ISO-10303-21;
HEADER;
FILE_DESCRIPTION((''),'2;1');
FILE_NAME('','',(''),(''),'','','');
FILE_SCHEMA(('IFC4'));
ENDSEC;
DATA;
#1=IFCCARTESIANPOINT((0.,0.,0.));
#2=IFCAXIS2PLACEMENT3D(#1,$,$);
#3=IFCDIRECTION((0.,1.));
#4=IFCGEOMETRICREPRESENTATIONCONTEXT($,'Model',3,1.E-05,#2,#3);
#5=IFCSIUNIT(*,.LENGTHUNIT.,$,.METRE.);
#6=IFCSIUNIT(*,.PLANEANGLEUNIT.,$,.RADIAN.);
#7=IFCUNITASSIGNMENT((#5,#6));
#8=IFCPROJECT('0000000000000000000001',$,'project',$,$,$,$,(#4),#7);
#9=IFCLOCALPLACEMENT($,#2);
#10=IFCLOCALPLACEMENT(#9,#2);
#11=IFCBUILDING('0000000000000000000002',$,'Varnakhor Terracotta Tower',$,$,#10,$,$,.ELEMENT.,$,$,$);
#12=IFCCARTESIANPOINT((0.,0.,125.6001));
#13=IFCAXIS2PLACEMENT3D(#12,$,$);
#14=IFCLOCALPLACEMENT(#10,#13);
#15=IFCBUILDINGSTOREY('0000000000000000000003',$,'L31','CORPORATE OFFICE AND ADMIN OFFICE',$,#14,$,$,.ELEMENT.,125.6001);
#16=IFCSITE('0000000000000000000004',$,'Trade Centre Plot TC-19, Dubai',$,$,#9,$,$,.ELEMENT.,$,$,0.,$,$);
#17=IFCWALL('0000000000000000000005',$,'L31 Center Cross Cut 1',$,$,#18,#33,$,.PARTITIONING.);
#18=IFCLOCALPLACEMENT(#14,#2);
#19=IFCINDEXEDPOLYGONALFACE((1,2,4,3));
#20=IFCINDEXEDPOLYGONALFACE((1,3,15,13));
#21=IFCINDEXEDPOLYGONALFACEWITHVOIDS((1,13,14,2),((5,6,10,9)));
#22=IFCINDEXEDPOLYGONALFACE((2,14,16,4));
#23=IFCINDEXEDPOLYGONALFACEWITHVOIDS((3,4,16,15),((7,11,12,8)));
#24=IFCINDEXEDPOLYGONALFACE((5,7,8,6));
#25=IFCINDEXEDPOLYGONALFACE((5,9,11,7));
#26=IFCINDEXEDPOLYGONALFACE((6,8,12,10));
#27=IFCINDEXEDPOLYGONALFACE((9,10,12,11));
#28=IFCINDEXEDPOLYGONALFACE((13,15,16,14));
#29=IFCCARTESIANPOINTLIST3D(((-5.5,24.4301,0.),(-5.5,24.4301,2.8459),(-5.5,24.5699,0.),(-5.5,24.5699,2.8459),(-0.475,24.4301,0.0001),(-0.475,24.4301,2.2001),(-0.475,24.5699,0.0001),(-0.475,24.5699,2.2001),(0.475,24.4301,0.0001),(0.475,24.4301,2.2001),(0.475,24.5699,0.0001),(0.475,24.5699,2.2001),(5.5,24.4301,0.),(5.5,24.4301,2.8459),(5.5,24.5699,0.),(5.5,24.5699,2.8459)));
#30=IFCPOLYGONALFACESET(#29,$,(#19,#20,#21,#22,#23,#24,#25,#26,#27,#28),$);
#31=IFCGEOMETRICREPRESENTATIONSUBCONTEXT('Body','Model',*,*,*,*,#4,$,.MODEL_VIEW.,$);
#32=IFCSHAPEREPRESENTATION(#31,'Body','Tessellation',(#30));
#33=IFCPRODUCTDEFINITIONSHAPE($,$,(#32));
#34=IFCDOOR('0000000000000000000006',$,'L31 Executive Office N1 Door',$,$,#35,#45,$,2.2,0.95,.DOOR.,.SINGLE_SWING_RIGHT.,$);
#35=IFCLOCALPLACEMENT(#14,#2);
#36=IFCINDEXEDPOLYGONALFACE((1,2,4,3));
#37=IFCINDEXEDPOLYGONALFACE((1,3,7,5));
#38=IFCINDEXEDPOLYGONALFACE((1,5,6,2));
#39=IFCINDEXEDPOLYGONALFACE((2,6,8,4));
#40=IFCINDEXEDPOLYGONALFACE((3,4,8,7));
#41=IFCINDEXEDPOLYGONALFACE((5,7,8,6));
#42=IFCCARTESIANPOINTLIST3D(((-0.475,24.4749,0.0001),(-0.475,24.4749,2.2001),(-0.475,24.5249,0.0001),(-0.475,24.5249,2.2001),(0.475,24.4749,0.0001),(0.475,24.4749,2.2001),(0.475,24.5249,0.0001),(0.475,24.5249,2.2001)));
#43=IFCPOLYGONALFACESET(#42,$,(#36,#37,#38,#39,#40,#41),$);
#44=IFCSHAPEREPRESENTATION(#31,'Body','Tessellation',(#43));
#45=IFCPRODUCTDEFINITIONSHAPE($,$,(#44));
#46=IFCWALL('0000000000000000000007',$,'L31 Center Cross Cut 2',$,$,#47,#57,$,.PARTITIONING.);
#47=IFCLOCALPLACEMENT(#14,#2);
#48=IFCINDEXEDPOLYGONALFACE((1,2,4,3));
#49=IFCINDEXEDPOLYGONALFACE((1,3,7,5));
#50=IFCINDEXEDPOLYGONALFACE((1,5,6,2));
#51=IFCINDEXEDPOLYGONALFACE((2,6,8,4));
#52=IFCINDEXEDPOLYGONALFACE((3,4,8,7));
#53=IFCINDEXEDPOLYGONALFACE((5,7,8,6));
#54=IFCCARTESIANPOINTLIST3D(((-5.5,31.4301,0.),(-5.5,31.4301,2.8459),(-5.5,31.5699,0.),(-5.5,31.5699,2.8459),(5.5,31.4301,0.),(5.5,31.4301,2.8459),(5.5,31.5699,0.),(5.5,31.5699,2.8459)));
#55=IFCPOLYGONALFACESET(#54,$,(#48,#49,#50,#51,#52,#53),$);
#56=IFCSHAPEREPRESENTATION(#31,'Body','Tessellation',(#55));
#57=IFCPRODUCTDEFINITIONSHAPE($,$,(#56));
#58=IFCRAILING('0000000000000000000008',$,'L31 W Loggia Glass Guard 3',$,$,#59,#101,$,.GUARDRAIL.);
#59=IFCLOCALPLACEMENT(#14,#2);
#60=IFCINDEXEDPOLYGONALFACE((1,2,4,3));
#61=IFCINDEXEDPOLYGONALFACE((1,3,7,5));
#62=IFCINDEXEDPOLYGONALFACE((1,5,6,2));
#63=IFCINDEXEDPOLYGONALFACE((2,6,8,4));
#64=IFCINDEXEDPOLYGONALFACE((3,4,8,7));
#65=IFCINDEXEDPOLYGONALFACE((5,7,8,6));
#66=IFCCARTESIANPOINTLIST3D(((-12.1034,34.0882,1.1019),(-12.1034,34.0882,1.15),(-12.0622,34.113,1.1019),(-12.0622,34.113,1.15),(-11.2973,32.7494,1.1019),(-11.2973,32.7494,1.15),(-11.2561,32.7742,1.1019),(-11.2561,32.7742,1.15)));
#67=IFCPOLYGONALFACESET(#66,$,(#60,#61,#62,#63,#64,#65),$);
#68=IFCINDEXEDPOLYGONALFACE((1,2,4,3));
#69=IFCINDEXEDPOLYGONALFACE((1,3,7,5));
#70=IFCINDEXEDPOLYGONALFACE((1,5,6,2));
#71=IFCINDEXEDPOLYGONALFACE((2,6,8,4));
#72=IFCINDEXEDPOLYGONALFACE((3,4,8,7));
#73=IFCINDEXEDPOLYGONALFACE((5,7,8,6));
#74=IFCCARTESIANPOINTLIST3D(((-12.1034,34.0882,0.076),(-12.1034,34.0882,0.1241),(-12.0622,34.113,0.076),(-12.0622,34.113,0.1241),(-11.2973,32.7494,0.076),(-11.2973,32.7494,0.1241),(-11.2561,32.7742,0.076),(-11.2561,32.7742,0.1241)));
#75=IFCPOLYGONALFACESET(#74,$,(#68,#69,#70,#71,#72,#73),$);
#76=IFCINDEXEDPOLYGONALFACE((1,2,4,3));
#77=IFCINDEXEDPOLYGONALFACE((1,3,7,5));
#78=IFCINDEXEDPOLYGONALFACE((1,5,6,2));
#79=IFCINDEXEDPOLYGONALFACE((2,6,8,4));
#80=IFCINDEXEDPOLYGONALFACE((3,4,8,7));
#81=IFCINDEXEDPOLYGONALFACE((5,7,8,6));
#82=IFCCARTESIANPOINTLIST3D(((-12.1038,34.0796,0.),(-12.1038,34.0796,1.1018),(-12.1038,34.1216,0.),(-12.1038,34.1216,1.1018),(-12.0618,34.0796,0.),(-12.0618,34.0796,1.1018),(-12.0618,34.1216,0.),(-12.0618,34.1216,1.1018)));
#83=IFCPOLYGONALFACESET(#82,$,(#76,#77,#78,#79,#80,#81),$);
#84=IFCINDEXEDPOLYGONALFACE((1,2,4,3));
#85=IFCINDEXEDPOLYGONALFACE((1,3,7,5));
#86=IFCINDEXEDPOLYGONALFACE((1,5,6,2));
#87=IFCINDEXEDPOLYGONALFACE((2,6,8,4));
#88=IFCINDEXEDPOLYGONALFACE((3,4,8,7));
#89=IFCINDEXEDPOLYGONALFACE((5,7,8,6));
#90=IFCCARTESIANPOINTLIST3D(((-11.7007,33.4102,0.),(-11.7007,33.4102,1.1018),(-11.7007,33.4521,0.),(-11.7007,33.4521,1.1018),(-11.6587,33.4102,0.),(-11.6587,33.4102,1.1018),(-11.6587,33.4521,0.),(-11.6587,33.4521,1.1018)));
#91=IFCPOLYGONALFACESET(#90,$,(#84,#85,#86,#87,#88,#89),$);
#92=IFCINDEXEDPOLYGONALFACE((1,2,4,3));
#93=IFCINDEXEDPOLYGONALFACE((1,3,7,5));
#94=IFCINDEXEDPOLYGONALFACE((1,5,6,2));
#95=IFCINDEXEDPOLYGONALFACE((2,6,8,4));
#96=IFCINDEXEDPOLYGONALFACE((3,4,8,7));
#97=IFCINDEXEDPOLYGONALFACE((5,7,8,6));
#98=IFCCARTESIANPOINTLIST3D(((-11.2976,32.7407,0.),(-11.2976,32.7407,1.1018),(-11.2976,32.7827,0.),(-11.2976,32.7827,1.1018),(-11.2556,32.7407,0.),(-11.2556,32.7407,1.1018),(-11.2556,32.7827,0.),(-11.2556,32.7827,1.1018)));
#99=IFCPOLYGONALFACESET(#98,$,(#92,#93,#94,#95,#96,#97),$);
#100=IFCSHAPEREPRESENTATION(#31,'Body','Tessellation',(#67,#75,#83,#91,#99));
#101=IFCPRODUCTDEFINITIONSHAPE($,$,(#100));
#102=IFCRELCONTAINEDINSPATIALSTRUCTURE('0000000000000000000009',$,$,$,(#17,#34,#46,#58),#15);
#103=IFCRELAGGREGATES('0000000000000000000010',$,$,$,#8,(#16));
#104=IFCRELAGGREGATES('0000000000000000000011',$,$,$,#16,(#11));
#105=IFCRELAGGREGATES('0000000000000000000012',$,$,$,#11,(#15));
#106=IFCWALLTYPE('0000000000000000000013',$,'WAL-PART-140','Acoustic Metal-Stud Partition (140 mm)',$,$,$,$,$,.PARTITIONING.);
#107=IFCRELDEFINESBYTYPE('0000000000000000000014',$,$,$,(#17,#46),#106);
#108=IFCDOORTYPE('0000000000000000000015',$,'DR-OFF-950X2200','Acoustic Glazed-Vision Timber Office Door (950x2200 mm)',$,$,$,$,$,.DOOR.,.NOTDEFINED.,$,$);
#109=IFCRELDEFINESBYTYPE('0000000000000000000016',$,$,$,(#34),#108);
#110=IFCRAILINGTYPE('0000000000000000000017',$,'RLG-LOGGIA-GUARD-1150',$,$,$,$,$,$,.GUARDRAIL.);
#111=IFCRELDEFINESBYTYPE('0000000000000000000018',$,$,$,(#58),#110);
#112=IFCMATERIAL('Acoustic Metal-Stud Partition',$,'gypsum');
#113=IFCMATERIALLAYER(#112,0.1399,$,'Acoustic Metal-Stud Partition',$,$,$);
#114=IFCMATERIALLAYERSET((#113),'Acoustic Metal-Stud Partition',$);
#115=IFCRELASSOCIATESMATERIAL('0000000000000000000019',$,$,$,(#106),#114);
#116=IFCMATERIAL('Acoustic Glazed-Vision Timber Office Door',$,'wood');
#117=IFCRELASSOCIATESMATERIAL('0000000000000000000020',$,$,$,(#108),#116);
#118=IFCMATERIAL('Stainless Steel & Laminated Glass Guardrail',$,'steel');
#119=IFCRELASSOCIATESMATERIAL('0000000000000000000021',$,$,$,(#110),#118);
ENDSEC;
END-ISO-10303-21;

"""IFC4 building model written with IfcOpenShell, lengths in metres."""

from ifc_helpers import new_model, si_unit, direction, frame, frame_2d, origin, origin_2d, place, context, subcontext, project, spatial, rectangle, extrude, source, transform, mapped, material, layer, layer_set, type_object, type_shapes, element, fill, save


model = new_model("IFC4")

# Units and contexts
model_context = context("Model", 3, precision=1e-05, world=origin(), true_north=direction((0.0, 1.0)))
body_context = subcontext(model_context, "Body", "Model", "MODEL_VIEW")
ifc_project = project(units=[si_unit("LENGTHUNIT", "METRE"), si_unit("PLANEANGLEUNIT", "RADIAN")], contexts=[model_context])

# Site, building, storey
site_placement = place(None, origin())
site = spatial("IfcSite", under=ifc_project, at=site_placement, Name="Trade Centre Plot TC-19, Dubai", CompositionType="ELEMENT", RefElevation=0.0)
building_placement = place(site_placement, origin())
building = spatial("IfcBuilding", under=site, at=building_placement, Name="Varnakhor Terracotta Tower", CompositionType="ELEMENT")
storey_placement = place(building_placement, frame((0.0, 0.0, 125.6001)))
storey = spatial("IfcBuildingStorey", under=building, at=storey_placement, Name="L31", Description="CORPORATE OFFICE AND ADMIN OFFICE", CompositionType="ELEMENT", Elevation=125.6001)

# Wall, opening, door
ifc_material_1 = material(Name="Acoustic Metal-Stud Partition", Category="gypsum")
ifc_layer_1 = layer(ifc_material_1, 0.1399, Name="Acoustic Metal-Stud Partition")
ifc_layer_set_1 = layer_set([ifc_layer_1], Name="Acoustic Metal-Stud Partition")
wall_type_1 = type_object("IfcWallType", Name="WAL-PART-140", Description="Acoustic Metal-Stud Partition (140 mm)", PredefinedType="PARTITIONING", material=ifc_layer_set_1)
ifc_material_2 = material(Name="Acoustic Glazed-Vision Timber Office Door", Category="wood")
door_type = type_object("IfcDoorType", Name="DR-OFF-950X2200", Description="Acoustic Glazed-Vision Timber Office Door (950x2200 mm)", OperationType="NOTDEFINED", PredefinedType="DOOR", material=ifc_material_2)
shared_shape_1 = source(origin(), body_context, "Body", "SweptSolid", [
    extrude(rectangle(XDim=0.95, YDim=2.2, at=frame_2d((0.4751, 1.1001))), frame((0.0, 0.0249, 0.0), z_axis=(0.0, -1.0, 0.0), x_axis=(1.0, 0.0, 0.0)), (0.0, 0.0, 1.0), 0.05),
])
type_shapes(door_type, [shared_shape_1])
wall_1_placement = place(storey_placement, frame((-5.5, 24.5, 0.0), z_axis=(0.0, 0.0, 1.0), x_axis=(1.0, 0.0, 0.0)))
wall_1 = element("IfcWall", 1, at=wall_1_placement, inside=storey, type_object=wall_type_1, Name="L31 Center Cross Cut 1", PredefinedType="PARTITIONING", context=body_context, shape_type="SweptSolid", body=[
    extrude(rectangle(XDim=11.0, YDim=0.1399, at=frame_2d((5.5, 0.0))), origin(), (0.0, 0.0, 1.0), 2.8459),
])
opening_1_placement = place(wall_1_placement, frame((5.0249, 0.0, 0.0)))
opening_1 = element("IfcOpeningElement", 2, at=opening_1_placement, cuts=wall_1, PredefinedType="OPENING", context=body_context, shape_type="SweptSolid", body=[
    extrude(rectangle(XDim=0.95, YDim=2.2, at=frame_2d((0.4751, 1.1001))), frame((0.0, 0.0801, 0.0), z_axis=(0.0, -1.0, 0.0), x_axis=(1.0, 0.0, 0.0)), (0.0, 0.0, 1.0), 0.1599),
])
door_1_placement = place(opening_1_placement, origin())
door_1 = element("IfcDoor", 3, at=door_1_placement, inside=storey, type_object=door_type, Name="L31 Executive Office N1 Door", OperationType="SINGLE_SWING_RIGHT", OverallHeight=2.2, OverallWidth=0.95, PredefinedType="DOOR", context=body_context, shape_type="MappedRepresentation", body=[
    mapped(shared_shape_1, transform((0.0, 0.0, 0.0), scale=1.0)),
])
fill(opening_1, door_1)

# Wall
wall_2_placement = place(storey_placement, frame((-5.5, 31.5, 0.0), z_axis=(0.0, 0.0, 1.0), x_axis=(1.0, 0.0, 0.0)))
element("IfcWall", 4, at=wall_2_placement, inside=storey, type_object=wall_type_1, Name="L31 Center Cross Cut 2", PredefinedType="PARTITIONING", context=body_context, shape_type="SweptSolid", body=[
    extrude(rectangle(XDim=11.0, YDim=0.1399, at=frame_2d((5.5, 0.0))), origin(), (0.0, 0.0, 1.0), 2.8459),
])

# Railing
ifc_material_3 = material(Name="Stainless Steel & Laminated Glass Guardrail", Category="steel")
railing_type = type_object("IfcRailingType", Name="RLG-LOGGIA-GUARD-1150", PredefinedType="GUARDRAIL", material=ifc_material_3)
railing_placement = place(storey_placement, frame((-12.0828, 34.1006, 0.0)))
element("IfcRailing", 5, at=railing_placement, inside=storey, type_object=railing_type, Name="L31 W Loggia Glass Guard 3", PredefinedType="GUARDRAIL", context=body_context, shape_type="SweptSolid", body=[
    extrude(rectangle(XDim=0.0481, YDim=0.0481, at=origin_2d()), frame((0.0, 0.0, 1.126), z_axis=(0.515828, -0.856692, 0.0), x_axis=(0.856692, 0.515828, 0.0)), (0.0, 0.0, 1.0), 1.5627),
    extrude(rectangle(XDim=0.0481, YDim=0.0481, at=origin_2d()), frame((0.0, 0.0, 0.1001), z_axis=(0.515828, -0.856692, 0.0), x_axis=(0.856692, 0.515828, 0.0)), (0.0, 0.0, 1.0), 1.5627),
    extrude(rectangle(XDim=0.042, YDim=0.042, at=origin_2d()), origin(), (0.0, 0.0, 1.0), 1.1018),
    extrude(rectangle(XDim=0.042, YDim=0.042, at=origin_2d()), frame((0.4031, -0.6694, 0.0)), (0.0, 0.0, 1.0), 1.1018),
    extrude(rectangle(XDim=0.042, YDim=0.042, at=origin_2d()), frame((0.8062, -1.3389, 0.0)), (0.0, 0.0, 1.0), 1.1018),
])

save(model, "model.ifc")
